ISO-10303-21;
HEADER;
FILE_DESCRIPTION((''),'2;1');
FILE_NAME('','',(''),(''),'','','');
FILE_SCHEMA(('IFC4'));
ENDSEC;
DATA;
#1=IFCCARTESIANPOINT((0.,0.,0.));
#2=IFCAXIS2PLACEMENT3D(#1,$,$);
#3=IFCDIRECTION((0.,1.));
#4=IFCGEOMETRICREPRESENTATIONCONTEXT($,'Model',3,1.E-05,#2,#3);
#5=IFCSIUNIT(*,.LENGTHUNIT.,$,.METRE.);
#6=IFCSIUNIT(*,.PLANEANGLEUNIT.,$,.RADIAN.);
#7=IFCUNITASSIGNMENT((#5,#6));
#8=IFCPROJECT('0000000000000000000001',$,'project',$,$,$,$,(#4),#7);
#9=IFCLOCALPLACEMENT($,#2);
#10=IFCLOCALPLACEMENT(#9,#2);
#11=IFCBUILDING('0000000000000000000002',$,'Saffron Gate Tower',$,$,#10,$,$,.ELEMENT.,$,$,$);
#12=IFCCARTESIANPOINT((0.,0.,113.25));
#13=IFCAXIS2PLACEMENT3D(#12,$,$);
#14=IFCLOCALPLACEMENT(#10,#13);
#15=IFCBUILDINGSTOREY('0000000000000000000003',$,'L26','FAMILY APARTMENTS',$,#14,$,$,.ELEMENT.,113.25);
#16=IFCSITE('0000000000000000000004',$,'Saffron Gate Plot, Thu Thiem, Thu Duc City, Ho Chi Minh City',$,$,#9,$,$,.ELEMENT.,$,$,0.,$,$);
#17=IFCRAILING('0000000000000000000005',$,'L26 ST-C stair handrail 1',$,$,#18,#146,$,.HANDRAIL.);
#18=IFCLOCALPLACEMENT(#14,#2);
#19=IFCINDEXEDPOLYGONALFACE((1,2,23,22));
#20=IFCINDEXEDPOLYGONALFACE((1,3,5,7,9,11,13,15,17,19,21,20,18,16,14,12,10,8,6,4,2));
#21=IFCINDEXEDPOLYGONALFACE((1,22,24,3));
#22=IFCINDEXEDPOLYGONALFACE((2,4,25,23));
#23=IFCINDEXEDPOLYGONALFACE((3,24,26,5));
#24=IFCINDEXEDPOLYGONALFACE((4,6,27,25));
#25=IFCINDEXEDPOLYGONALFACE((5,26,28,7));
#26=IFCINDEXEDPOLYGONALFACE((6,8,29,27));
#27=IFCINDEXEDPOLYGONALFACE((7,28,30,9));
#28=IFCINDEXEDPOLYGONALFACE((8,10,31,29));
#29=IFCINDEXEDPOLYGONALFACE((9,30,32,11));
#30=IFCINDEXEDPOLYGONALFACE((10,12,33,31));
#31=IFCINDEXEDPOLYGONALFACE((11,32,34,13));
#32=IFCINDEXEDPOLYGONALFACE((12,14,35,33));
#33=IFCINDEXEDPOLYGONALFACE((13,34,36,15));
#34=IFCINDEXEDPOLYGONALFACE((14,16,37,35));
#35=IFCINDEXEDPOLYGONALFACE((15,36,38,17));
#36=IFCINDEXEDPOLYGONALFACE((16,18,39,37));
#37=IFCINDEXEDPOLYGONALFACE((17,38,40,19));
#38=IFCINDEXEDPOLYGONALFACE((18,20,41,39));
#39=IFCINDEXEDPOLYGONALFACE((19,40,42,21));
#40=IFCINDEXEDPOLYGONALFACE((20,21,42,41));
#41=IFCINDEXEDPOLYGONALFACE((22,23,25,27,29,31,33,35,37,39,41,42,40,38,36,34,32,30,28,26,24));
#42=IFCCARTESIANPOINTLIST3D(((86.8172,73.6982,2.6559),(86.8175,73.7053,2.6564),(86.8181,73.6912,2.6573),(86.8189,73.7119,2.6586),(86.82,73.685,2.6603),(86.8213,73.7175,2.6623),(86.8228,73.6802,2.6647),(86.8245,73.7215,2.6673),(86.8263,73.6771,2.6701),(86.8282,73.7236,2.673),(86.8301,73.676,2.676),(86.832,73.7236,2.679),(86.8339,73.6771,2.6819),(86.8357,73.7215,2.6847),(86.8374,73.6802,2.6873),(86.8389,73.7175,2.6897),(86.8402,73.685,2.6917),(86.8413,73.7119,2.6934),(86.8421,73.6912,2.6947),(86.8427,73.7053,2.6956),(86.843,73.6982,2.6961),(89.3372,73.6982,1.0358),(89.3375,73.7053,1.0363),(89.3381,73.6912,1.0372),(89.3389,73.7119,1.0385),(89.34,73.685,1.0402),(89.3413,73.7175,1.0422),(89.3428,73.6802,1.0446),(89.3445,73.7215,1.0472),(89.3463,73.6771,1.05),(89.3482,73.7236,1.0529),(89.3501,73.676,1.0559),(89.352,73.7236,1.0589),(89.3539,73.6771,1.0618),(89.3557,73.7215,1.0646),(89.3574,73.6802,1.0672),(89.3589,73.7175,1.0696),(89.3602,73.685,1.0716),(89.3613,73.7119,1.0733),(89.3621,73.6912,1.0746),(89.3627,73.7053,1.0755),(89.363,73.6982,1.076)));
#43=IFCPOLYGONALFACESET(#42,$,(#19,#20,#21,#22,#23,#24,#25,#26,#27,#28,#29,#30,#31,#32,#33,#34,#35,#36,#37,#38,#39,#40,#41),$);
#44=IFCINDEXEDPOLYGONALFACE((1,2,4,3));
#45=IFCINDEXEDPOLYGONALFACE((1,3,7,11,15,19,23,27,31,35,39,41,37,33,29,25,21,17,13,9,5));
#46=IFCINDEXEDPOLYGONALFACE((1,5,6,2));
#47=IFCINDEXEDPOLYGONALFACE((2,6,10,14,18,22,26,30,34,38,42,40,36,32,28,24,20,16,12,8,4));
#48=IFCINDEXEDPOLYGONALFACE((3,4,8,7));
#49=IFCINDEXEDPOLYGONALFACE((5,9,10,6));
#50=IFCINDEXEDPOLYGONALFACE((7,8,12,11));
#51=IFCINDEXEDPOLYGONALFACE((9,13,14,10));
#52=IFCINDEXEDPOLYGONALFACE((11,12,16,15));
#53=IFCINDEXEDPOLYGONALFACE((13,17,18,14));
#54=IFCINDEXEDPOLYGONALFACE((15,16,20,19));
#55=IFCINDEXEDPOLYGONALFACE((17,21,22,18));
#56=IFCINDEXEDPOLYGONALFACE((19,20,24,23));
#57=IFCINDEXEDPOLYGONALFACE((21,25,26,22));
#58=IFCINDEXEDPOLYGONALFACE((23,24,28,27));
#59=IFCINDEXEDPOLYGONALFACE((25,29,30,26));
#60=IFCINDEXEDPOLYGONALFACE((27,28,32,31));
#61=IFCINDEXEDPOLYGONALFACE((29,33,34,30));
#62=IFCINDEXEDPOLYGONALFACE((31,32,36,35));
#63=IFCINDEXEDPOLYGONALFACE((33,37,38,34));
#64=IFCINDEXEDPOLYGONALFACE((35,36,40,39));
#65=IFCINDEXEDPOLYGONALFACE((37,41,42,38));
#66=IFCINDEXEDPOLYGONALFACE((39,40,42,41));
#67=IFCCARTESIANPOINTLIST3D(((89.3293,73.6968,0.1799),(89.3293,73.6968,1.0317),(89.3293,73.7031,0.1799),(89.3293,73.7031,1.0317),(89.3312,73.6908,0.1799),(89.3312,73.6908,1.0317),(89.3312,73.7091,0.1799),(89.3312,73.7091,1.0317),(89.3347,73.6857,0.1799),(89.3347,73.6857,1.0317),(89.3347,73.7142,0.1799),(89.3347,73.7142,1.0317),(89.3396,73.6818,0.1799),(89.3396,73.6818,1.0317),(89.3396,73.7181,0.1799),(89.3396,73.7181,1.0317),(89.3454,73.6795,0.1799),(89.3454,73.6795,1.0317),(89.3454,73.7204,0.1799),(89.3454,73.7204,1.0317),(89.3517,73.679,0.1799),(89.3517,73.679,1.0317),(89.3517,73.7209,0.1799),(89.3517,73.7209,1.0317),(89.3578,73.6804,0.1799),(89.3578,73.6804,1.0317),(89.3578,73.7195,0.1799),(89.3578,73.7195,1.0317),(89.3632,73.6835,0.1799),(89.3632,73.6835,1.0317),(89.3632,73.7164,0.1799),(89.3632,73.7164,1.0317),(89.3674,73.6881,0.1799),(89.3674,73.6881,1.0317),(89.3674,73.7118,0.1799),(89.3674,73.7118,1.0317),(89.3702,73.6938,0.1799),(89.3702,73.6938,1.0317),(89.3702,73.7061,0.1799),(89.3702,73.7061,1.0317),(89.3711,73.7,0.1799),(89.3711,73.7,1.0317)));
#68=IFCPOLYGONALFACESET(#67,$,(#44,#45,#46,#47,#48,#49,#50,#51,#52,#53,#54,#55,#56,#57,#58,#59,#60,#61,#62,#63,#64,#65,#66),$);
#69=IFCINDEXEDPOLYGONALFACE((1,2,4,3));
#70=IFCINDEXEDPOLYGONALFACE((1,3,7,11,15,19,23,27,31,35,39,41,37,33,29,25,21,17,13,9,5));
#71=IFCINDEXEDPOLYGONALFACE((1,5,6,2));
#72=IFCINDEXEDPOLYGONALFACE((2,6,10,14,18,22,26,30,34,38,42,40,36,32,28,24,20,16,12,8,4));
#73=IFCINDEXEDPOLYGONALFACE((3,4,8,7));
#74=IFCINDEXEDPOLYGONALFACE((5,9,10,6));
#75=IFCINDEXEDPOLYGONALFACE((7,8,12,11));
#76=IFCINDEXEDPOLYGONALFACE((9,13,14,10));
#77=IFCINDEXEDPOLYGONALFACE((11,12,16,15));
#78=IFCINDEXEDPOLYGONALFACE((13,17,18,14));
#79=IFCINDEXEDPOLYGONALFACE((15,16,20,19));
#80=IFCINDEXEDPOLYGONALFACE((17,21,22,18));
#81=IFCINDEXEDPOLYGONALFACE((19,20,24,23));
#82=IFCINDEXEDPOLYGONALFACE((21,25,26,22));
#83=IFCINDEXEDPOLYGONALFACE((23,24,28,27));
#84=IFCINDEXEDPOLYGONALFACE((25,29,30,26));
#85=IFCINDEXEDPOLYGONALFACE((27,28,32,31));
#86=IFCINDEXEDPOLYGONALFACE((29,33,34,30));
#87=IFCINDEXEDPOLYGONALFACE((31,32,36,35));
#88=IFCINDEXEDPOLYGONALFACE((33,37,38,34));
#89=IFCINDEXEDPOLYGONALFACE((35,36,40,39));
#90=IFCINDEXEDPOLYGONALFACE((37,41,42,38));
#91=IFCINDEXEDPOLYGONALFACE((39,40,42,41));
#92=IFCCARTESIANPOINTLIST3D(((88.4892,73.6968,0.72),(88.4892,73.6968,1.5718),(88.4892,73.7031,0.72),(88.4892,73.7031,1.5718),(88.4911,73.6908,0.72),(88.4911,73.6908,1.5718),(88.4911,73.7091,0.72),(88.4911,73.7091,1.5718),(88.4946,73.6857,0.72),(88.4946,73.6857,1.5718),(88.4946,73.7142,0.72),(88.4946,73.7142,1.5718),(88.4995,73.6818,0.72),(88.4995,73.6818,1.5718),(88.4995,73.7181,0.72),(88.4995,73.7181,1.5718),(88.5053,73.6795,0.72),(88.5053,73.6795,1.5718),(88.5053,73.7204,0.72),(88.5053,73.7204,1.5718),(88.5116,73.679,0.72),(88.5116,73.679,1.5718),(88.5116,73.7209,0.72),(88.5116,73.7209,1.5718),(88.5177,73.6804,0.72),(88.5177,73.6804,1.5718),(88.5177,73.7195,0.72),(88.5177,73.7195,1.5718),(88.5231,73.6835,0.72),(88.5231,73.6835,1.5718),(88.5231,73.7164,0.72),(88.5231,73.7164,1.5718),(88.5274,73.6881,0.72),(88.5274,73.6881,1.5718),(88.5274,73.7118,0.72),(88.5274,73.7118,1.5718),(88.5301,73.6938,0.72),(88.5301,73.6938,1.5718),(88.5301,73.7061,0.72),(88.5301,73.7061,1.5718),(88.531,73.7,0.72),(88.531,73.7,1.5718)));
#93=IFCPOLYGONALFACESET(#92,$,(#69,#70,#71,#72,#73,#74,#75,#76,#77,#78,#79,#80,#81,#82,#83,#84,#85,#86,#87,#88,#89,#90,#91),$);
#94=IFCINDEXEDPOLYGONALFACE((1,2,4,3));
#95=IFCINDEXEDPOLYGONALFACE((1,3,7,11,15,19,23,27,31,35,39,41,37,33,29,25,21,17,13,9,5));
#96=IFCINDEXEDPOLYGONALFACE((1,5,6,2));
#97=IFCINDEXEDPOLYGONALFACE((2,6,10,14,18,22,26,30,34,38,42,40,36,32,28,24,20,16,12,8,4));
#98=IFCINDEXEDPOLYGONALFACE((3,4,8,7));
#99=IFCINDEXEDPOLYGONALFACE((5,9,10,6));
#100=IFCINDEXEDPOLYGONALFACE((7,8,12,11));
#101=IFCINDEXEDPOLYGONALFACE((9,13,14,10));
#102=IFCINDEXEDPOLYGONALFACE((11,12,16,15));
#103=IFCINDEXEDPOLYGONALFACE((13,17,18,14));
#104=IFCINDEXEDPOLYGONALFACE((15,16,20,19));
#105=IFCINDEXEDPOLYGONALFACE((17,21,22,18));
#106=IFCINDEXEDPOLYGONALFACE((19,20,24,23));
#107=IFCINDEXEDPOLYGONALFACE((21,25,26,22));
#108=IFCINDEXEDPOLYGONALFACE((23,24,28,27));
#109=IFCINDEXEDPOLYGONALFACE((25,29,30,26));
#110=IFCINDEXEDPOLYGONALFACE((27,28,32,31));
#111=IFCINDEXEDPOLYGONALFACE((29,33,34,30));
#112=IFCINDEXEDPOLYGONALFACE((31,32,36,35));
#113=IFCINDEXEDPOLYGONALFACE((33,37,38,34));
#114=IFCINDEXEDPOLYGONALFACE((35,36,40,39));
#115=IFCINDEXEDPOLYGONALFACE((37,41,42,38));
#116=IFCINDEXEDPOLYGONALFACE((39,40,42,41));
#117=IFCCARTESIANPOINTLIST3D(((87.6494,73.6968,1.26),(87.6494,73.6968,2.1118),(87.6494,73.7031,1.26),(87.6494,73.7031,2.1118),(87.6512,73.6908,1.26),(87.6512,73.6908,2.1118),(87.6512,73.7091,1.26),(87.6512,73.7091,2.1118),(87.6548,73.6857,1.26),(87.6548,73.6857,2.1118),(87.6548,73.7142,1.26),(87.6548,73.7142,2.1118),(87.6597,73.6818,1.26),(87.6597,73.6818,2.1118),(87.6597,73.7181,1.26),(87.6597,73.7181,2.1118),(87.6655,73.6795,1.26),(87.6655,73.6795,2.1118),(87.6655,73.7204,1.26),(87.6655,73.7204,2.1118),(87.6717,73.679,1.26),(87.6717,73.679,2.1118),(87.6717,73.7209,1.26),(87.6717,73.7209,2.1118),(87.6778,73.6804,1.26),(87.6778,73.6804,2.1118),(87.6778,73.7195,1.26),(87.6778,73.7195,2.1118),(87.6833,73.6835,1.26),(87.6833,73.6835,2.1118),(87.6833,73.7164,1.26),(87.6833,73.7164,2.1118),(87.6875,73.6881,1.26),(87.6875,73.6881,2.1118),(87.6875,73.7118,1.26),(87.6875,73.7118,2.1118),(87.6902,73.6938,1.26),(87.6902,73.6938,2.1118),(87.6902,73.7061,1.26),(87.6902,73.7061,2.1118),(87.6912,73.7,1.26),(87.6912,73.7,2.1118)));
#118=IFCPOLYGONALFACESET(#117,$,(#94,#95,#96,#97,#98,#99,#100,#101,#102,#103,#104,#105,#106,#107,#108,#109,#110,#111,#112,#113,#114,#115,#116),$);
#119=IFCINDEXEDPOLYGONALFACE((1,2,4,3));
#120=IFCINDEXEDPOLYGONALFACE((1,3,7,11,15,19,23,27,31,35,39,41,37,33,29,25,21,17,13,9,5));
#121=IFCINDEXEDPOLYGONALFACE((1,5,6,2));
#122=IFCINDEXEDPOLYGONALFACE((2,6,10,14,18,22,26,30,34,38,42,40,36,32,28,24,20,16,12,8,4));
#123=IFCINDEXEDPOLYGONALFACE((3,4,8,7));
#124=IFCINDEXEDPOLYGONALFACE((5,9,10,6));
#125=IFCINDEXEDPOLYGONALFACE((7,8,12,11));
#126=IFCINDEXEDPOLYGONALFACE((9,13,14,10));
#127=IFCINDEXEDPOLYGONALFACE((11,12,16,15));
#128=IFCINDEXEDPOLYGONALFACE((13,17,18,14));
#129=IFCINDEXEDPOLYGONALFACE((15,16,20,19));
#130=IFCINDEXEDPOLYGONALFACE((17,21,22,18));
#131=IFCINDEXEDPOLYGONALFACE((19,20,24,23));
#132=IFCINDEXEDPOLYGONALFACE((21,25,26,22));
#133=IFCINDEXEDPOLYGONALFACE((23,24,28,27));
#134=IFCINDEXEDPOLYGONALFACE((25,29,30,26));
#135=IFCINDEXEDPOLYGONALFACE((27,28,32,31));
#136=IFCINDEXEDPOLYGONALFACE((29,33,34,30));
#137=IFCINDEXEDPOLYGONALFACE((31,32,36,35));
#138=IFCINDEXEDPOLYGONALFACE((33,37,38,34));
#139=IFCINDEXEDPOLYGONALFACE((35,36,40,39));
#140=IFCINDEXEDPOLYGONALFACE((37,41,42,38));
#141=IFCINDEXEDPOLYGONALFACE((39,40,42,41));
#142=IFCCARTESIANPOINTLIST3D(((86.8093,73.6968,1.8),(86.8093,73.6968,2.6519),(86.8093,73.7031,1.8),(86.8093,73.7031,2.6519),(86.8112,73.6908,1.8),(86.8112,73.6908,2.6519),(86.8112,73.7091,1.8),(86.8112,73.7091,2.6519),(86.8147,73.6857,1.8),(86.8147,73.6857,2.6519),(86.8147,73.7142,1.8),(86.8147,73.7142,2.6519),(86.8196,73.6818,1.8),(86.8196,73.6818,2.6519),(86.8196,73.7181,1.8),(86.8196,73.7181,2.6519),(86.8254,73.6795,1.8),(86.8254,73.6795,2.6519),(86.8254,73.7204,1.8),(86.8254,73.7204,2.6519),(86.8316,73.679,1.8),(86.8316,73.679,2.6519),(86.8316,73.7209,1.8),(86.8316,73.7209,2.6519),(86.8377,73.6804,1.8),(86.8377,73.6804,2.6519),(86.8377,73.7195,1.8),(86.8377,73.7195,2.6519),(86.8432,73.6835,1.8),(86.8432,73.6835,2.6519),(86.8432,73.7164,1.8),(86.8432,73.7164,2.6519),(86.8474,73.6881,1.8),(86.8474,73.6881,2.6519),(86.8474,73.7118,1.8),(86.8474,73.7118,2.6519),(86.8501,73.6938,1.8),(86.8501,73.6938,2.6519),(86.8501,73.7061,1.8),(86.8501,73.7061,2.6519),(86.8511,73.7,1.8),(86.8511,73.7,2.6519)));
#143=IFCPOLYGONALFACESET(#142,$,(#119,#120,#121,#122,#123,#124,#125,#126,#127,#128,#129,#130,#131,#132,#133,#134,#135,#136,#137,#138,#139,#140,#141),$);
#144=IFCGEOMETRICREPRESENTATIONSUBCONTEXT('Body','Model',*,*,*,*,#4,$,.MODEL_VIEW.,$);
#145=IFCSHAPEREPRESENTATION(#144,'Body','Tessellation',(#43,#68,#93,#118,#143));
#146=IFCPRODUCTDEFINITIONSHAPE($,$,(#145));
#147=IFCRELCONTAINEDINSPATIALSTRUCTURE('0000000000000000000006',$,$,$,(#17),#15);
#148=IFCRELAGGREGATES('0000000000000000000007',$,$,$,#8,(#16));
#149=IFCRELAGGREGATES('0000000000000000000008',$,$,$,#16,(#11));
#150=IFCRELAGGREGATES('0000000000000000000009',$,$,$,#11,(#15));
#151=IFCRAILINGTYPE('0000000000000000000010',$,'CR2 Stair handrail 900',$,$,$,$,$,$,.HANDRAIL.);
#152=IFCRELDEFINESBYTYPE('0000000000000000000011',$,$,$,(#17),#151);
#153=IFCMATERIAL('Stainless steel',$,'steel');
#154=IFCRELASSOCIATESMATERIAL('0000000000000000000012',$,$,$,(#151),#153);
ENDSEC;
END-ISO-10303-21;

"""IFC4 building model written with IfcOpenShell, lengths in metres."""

from ifc_helpers import new_model, si_unit, direction, frame, origin, origin_2d, place, context, subcontext, project, spatial, circle, extrude, material, type_object, element, save


model = new_model("IFC4")

# Units and contexts
model_context = context("Model", 3, precision=1e-05, world=origin(), true_north=direction((0.0, 1.0)))
body_context = subcontext(model_context, "Body", "Model", "MODEL_VIEW")
ifc_project = project(units=[si_unit("LENGTHUNIT", "METRE"), si_unit("PLANEANGLEUNIT", "RADIAN")], contexts=[model_context])

# Site, building, storey
site_placement = place(None, origin())
site = spatial("IfcSite", under=ifc_project, at=site_placement, Name="Saffron Gate Plot, Thu Thiem, Thu Duc City, Ho Chi Minh City", CompositionType="ELEMENT", RefElevation=0.0)
building_placement = place(site_placement, origin())
building = spatial("IfcBuilding", under=site, at=building_placement, Name="Saffron Gate Tower", CompositionType="ELEMENT")
storey_placement = place(building_placement, frame((0.0, 0.0, 113.25)))
storey = spatial("IfcBuildingStorey", under=building, at=storey_placement, Name="L26", Description="FAMILY APARTMENTS", CompositionType="ELEMENT", Elevation=113.25)

# Railing
ifc_material_1 = material(Name="Stainless steel", Category="steel")
railing_type_1 = type_object("IfcRailingType", Name="CR2 Stair handrail 900", PredefinedType="HANDRAIL", material=ifc_material_1)
railing_1_placement = place(storey_placement, frame((89.3501, 73.7, 0.1799)))
element("IfcRailing", 1, at=railing_1_placement, inside=storey, type_object=railing_type_1, Name="L26 ST-C stair handrail 1", PredefinedType="HANDRAIL", context=body_context, shape_type="SweptSolid", body=[
    extrude(circle(Radius=0.0239, at=origin_2d()), frame((0.0, 0.0, 0.876), z_axis=(-0.841163, 0.0, 0.540782), x_axis=(0.0, -1.0, 0.0)), (0.0, 0.0, 1.0), 2.9958),
    extrude(circle(Radius=0.021, at=origin_2d()), origin(), (0.0, 0.0, 1.0), 0.8518),
    extrude(circle(Radius=0.021, at=origin_2d()), frame((-0.8401, 0.0, 0.54)), (0.0, 0.0, 1.0), 0.8518),
    extrude(circle(Radius=0.021, at=origin_2d()), frame((-1.6799, 0.0, 1.0801)), (0.0, 0.0, 1.0), 0.8518),
    extrude(circle(Radius=0.021, at=origin_2d()), frame((-2.52, 0.0, 1.6201)), (0.0, 0.0, 1.0), 0.8518),
])

save(model, "model.ifc")
